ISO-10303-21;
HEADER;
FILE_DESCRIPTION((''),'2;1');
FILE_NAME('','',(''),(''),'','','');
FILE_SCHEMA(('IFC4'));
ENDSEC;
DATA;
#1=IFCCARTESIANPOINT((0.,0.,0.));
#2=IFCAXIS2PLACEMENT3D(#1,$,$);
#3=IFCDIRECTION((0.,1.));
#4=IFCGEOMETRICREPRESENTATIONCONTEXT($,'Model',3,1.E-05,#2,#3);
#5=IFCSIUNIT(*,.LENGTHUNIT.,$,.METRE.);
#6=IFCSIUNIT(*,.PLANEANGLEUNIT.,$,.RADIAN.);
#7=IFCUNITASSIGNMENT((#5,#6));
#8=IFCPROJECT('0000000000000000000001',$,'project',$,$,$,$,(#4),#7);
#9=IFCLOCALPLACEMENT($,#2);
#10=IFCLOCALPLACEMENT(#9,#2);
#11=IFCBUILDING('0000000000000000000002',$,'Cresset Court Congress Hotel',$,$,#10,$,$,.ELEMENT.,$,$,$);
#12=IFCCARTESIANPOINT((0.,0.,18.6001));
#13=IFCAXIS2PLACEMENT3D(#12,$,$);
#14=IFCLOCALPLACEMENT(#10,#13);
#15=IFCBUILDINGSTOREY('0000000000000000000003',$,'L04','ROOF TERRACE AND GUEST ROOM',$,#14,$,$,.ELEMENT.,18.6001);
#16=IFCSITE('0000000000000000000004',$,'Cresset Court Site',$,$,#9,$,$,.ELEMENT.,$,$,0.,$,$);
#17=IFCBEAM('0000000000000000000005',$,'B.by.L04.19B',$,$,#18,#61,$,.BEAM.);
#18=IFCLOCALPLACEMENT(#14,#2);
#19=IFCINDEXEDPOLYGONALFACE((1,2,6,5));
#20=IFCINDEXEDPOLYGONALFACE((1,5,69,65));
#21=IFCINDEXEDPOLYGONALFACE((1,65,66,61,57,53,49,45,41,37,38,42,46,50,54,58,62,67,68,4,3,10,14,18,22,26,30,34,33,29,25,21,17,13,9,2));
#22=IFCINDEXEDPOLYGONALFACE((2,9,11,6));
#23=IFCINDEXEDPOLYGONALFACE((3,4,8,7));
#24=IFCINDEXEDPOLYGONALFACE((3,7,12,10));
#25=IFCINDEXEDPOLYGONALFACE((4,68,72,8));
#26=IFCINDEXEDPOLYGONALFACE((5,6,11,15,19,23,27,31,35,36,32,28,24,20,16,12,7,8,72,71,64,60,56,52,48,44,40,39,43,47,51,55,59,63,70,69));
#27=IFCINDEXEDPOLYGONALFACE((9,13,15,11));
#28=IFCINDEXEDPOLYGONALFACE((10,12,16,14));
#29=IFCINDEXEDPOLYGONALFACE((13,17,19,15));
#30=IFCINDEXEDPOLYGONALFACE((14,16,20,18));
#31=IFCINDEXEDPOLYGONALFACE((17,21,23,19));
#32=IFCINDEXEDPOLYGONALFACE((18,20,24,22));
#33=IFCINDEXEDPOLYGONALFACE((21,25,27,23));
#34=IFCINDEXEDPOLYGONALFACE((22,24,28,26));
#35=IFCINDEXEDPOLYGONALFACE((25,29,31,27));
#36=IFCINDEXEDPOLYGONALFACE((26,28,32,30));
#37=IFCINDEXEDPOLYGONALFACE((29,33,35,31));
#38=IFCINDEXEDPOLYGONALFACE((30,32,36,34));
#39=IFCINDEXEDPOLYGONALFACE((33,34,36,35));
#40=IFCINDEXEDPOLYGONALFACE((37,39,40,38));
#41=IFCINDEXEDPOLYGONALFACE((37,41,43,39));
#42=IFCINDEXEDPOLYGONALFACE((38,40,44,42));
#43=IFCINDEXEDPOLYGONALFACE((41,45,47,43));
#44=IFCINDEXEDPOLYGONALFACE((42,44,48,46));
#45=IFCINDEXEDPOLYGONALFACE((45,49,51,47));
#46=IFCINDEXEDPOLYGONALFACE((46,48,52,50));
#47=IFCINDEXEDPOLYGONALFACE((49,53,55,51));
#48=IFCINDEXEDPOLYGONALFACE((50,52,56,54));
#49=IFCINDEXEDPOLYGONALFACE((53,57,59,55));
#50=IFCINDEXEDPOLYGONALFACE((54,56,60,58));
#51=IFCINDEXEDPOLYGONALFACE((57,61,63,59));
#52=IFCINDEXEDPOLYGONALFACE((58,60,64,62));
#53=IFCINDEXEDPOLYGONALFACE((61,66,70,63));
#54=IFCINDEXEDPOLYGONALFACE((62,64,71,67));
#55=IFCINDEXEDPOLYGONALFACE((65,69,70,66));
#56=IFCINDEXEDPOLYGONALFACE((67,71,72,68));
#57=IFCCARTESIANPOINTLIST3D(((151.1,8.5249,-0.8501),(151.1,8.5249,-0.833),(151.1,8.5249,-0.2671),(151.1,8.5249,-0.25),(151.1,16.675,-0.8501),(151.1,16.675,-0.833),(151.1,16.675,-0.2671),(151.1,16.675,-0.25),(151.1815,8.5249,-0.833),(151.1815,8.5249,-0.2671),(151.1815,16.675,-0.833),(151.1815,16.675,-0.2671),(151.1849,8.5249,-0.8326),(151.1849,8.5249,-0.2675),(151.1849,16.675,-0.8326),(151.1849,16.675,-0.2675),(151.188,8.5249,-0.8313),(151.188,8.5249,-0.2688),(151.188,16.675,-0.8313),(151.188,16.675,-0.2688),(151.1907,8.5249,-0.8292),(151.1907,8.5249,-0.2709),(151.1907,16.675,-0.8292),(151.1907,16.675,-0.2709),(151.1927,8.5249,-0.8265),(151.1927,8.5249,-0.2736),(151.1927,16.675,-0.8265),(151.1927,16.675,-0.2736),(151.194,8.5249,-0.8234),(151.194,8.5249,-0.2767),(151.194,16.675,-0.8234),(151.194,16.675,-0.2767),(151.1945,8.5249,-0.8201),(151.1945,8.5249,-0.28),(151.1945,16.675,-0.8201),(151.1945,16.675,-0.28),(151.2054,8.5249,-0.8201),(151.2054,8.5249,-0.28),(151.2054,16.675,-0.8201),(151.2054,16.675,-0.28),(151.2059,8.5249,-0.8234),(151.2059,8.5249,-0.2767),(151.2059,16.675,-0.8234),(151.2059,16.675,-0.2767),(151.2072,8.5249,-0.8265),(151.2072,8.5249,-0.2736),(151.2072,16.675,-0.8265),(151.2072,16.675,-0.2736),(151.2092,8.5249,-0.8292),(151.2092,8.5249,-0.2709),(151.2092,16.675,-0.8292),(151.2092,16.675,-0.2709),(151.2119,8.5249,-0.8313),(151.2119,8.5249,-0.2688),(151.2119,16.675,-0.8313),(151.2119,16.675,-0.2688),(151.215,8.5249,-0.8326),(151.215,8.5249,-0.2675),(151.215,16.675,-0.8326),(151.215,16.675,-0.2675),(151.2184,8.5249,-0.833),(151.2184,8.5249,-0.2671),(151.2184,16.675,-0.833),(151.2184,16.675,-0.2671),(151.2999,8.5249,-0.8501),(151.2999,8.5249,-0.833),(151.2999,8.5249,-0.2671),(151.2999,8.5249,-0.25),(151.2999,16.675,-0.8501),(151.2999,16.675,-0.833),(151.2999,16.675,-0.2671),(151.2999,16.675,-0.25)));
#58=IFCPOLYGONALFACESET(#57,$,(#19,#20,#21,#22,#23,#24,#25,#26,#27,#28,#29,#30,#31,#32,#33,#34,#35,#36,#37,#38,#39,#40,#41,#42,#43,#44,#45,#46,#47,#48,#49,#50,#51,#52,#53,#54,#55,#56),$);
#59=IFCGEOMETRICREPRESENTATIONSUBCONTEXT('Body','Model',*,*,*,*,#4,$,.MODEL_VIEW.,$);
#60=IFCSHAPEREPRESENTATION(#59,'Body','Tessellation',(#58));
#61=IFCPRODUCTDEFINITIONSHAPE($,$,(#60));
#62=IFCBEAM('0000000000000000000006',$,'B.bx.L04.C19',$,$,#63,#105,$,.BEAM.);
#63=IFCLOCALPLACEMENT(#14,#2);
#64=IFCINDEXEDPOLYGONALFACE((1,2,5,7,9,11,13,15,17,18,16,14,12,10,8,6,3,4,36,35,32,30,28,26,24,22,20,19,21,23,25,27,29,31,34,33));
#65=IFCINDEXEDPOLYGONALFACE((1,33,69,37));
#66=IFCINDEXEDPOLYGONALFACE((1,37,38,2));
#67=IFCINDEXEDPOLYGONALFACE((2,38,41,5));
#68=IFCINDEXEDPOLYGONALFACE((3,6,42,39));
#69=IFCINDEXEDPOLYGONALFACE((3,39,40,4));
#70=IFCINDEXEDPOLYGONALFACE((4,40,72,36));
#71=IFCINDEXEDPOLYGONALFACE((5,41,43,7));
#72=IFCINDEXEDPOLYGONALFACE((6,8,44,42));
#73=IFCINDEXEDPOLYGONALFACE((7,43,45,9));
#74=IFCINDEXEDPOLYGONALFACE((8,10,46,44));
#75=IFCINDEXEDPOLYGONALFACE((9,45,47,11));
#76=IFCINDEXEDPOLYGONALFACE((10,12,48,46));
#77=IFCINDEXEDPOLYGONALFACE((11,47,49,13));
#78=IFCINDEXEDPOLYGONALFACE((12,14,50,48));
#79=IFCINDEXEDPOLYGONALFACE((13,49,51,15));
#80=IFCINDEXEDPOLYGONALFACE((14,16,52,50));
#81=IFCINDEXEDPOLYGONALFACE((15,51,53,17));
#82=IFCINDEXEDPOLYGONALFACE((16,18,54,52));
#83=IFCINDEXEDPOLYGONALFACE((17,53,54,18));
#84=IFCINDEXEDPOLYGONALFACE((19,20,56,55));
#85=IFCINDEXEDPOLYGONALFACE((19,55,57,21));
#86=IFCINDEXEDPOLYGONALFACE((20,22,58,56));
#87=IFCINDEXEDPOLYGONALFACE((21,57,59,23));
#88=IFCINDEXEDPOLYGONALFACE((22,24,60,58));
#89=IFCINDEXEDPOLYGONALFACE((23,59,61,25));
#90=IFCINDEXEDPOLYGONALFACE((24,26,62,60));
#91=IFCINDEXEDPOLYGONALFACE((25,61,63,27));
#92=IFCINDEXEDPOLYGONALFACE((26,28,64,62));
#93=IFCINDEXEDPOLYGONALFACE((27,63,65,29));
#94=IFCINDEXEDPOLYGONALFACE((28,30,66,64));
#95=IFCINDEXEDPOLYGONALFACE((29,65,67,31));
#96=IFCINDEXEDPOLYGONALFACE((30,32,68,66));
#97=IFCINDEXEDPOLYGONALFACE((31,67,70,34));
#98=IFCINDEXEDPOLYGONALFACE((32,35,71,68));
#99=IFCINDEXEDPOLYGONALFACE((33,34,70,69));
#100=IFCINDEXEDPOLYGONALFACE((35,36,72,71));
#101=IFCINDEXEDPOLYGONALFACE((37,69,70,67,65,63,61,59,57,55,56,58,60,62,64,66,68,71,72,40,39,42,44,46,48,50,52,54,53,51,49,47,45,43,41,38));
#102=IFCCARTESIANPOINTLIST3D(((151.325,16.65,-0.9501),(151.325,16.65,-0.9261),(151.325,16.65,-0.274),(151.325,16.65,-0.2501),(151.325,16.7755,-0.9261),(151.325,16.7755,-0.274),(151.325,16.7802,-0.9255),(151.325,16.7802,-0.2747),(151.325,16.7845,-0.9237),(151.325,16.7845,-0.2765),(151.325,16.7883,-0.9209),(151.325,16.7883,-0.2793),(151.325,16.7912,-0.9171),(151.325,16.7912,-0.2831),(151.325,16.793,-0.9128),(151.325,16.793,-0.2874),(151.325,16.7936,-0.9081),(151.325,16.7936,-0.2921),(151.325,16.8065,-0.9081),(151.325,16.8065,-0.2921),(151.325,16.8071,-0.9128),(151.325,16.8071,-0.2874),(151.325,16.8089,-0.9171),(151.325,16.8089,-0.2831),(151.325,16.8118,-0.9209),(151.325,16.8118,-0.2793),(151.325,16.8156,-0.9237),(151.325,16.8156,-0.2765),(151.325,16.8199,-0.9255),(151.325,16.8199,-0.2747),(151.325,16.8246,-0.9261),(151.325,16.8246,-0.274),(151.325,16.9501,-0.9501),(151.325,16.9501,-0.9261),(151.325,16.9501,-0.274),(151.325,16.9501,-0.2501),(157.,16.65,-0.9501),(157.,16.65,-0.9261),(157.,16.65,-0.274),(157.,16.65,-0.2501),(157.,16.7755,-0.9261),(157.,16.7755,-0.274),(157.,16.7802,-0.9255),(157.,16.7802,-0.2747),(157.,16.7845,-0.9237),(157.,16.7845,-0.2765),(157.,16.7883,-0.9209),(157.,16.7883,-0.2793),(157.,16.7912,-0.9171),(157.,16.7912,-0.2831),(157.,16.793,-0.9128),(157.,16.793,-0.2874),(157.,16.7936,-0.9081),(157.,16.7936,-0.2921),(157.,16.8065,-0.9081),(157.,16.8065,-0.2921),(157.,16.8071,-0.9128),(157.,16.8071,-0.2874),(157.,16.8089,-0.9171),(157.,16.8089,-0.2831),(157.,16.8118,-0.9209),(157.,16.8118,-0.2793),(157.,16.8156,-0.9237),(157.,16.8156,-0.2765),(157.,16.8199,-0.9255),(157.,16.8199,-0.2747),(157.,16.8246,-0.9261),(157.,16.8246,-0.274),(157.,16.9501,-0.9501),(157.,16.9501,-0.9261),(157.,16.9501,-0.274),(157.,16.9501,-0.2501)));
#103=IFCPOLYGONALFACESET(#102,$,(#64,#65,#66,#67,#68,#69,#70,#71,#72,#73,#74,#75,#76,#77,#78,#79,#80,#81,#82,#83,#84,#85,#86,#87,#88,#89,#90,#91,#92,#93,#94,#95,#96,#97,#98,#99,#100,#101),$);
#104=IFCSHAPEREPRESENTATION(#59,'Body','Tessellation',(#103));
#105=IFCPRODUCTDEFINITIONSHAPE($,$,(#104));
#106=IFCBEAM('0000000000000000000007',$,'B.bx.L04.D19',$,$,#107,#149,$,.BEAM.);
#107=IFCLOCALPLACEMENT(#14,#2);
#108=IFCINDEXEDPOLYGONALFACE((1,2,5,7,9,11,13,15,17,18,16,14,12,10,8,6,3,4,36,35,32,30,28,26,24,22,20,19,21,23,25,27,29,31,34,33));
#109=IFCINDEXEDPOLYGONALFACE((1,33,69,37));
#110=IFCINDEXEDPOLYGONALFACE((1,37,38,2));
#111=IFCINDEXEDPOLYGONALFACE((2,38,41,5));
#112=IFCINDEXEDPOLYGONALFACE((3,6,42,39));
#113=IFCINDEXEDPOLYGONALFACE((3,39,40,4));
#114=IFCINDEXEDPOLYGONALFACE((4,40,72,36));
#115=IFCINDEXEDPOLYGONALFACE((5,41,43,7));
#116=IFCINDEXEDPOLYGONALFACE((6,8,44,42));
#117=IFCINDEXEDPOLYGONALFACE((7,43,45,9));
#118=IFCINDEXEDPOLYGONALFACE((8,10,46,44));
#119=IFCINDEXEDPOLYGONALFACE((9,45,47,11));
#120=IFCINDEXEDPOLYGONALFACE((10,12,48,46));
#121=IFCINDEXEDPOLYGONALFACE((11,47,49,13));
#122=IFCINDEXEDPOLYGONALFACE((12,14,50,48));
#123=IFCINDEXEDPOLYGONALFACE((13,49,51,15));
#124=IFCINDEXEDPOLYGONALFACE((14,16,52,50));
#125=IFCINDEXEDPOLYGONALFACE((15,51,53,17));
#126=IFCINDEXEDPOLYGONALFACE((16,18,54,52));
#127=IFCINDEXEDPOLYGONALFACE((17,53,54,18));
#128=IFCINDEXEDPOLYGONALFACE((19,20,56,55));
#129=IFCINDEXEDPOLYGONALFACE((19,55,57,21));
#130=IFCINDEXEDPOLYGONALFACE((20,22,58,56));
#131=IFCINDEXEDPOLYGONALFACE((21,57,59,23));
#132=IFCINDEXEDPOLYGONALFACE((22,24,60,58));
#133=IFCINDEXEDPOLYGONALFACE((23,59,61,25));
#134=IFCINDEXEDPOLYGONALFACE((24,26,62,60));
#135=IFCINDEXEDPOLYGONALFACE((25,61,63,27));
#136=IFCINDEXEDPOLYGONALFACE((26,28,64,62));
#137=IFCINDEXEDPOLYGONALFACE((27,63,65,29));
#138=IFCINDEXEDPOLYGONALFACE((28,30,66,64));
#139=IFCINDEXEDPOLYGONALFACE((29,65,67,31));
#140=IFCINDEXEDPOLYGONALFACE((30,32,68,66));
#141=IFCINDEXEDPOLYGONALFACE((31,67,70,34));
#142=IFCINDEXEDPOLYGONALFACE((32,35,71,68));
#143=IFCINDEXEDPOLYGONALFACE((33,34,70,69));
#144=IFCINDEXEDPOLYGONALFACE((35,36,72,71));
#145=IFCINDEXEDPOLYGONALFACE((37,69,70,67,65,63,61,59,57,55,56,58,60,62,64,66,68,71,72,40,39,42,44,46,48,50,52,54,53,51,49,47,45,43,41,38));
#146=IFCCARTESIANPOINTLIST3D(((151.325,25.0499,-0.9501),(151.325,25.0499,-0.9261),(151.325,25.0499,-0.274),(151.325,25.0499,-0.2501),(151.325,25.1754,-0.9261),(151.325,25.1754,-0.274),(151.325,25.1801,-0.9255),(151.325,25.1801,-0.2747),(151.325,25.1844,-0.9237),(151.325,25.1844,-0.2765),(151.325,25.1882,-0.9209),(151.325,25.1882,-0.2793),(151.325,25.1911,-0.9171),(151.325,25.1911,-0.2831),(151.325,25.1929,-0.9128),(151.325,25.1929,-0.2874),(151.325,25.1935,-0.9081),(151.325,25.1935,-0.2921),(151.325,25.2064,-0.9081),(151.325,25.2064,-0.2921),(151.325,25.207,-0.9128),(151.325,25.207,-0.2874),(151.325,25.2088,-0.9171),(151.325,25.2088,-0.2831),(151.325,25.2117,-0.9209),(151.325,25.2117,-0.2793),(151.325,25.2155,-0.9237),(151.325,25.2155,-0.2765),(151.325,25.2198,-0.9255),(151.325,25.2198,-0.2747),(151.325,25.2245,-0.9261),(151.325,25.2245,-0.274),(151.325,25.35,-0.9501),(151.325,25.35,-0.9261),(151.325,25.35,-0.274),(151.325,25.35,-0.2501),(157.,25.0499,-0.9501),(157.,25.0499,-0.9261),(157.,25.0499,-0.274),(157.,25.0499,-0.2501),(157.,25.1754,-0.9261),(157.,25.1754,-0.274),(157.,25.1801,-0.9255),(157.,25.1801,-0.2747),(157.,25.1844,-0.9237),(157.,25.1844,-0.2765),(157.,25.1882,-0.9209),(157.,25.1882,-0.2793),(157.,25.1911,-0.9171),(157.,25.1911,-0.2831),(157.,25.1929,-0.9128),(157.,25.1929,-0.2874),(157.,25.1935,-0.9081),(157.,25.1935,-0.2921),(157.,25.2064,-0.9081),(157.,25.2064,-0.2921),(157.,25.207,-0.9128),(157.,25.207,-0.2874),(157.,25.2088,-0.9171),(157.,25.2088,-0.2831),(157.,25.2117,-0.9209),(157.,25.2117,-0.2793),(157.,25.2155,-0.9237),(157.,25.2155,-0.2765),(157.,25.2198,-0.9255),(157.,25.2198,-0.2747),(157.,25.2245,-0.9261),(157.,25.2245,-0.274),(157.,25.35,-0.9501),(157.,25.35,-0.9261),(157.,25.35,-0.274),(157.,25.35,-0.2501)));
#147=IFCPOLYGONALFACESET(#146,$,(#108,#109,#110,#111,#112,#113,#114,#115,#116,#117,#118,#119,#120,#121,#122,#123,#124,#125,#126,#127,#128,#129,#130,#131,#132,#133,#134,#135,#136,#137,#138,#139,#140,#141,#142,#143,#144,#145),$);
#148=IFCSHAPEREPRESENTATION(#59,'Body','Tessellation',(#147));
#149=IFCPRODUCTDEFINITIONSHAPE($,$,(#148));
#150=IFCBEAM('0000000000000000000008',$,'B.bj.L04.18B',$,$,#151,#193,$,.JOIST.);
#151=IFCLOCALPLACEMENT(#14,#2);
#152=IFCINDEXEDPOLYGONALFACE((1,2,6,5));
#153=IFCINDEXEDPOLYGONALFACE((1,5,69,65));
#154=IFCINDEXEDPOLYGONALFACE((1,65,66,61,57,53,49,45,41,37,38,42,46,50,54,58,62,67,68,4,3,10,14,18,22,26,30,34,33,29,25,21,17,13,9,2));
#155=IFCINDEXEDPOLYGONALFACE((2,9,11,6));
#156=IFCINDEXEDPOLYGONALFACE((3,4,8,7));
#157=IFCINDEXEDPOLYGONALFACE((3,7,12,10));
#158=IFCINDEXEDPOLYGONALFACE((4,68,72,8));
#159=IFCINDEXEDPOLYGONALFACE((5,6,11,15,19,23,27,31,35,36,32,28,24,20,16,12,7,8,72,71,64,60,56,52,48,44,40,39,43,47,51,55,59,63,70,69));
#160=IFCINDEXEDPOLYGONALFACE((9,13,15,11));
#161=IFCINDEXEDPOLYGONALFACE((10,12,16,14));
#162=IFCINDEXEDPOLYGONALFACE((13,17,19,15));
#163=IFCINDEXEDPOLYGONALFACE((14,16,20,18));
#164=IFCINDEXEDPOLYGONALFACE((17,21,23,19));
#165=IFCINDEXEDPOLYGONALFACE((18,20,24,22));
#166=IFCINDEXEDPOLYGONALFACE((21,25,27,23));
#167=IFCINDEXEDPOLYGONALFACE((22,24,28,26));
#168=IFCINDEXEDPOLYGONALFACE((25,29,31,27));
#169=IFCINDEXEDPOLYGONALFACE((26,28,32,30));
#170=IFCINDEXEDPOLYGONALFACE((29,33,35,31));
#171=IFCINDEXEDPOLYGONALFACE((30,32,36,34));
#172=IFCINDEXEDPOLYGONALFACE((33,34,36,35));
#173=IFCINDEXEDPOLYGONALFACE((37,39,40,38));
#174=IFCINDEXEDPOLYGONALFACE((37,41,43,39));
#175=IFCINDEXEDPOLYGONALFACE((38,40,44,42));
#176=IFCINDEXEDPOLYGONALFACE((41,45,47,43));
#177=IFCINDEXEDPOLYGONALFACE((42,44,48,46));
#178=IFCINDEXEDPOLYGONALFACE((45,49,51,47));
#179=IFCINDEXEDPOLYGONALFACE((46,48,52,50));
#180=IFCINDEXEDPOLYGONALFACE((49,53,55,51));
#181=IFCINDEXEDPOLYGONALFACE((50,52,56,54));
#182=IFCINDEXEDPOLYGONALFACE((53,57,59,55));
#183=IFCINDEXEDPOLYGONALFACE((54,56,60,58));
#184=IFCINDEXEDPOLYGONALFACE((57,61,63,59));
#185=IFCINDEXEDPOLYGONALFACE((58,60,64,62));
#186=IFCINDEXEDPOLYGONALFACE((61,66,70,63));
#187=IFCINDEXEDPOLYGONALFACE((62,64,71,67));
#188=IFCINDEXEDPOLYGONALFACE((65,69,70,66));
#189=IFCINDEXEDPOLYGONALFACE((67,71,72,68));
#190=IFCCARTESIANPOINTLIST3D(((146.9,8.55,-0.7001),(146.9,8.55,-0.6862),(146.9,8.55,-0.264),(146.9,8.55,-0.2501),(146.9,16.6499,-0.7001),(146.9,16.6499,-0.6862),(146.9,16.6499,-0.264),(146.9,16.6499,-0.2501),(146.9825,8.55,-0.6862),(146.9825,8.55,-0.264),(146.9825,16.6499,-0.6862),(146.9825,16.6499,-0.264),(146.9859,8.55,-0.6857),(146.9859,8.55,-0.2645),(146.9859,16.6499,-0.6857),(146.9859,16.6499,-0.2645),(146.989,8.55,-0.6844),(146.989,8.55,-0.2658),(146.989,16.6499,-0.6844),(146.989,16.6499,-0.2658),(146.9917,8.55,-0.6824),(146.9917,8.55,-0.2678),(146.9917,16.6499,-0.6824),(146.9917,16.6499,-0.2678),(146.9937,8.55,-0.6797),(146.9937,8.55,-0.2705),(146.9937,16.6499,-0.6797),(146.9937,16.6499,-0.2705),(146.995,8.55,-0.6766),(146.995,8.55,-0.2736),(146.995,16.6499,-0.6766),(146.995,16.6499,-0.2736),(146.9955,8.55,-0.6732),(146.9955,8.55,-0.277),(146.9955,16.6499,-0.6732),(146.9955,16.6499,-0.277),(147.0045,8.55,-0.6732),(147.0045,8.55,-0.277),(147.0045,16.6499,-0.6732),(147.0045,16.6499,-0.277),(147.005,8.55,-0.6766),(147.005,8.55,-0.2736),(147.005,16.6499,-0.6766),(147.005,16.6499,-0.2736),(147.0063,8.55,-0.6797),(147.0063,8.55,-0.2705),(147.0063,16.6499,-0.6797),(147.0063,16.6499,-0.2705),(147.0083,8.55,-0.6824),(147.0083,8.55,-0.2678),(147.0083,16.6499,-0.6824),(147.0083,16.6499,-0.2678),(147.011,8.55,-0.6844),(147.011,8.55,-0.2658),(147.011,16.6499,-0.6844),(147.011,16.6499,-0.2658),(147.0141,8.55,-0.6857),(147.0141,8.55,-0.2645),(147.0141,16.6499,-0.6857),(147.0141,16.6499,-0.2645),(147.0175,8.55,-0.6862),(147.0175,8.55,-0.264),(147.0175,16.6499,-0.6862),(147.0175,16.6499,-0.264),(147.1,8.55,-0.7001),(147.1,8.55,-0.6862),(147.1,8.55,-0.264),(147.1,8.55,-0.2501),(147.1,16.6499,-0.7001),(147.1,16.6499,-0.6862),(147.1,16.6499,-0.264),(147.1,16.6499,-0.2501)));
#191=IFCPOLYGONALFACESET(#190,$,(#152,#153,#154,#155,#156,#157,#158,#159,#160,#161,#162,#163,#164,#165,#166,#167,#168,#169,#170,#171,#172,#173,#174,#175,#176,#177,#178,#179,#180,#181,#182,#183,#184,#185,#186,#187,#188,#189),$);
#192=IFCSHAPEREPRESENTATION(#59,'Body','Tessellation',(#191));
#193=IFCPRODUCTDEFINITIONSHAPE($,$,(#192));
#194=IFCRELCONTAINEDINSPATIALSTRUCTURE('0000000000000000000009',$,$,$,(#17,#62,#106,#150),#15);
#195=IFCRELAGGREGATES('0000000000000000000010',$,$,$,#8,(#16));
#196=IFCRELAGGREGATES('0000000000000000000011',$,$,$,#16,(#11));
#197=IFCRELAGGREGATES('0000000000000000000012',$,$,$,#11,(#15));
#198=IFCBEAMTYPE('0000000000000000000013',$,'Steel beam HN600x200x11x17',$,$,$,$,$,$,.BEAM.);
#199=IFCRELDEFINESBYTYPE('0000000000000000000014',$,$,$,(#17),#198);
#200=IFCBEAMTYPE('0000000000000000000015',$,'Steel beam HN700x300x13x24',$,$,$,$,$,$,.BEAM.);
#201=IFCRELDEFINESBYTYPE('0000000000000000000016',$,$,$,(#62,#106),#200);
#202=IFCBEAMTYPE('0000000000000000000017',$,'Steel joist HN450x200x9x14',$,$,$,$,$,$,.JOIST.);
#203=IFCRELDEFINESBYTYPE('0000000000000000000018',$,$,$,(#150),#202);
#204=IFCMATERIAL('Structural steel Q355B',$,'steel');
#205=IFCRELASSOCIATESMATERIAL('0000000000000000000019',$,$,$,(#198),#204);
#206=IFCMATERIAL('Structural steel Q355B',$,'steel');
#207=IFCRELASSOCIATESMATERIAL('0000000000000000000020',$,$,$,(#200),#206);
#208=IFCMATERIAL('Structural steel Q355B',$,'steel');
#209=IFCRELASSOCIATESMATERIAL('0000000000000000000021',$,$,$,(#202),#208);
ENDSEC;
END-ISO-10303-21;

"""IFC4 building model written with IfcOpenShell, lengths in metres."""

from ifc_helpers import new_model, si_unit, direction, frame, origin, origin_2d, place, context, subcontext, project, spatial, i_section, extrude, material, material_profile, profile_set, type_object, element, save


model = new_model("IFC4")

# Units and contexts
model_context = context("Model", 3, precision=1e-05, world=origin(), true_north=direction((0.0, 1.0)))
body_context = subcontext(model_context, "Body", "Model", "MODEL_VIEW")
ifc_project = project(units=[si_unit("LENGTHUNIT", "METRE"), si_unit("PLANEANGLEUNIT", "RADIAN")], contexts=[model_context])

# Site, building, storey
site_placement = place(None, origin())
site = spatial("IfcSite", under=ifc_project, at=site_placement, Name="Cresset Court Site", CompositionType="ELEMENT", RefElevation=0.0)
building_placement = place(site_placement, origin())
building = spatial("IfcBuilding", under=site, at=building_placement, Name="Cresset Court Congress Hotel", CompositionType="ELEMENT")
storey_placement = place(building_placement, frame((0.0, 0.0, 18.6001)))
storey = spatial("IfcBuildingStorey", under=building, at=storey_placement, Name="L04", Description="ROOF TERRACE AND GUEST ROOM", CompositionType="ELEMENT", Elevation=18.6001)

# Beams
ifc_material_1 = material(Name="Structural steel Q355B", Category="steel")
ifc_material_profile_1 = material_profile(ifc_material_1, i_section(OverallWidth=0.2, OverallDepth=0.6001, WebThickness=0.011, FlangeThickness=0.0171, FilletRadius=0.0129, at=origin_2d()), Name="HN600x200x11x17")
ifc_profile_set_1 = profile_set([ifc_material_profile_1], Name="Structural steel Q355B")
beam_type_1 = type_object("IfcBeamType", Name="Steel beam HN600x200x11x17", PredefinedType="BEAM", material=ifc_profile_set_1)
beam_1_placement = place(storey_placement, frame((151.2, 8.5249, -0.55), z_axis=(0.0, 1.0, 0.0), x_axis=(-1.0, 0.0, 0.0)))
element("IfcBeam", 1, at=beam_1_placement, inside=storey, type_object=beam_type_1, Name="B.by.L04.19B", PredefinedType="BEAM", context=body_context, shape_type="SweptSolid", body=[
    extrude(i_section(OverallWidth=0.2, OverallDepth=0.6001, WebThickness=0.011, FlangeThickness=0.0171, FilletRadius=0.0129, at=origin_2d()), origin(), (0.0, 0.0, 1.0), 8.1501),
])
ifc_material_2 = material(Name="Structural steel Q355B", Category="steel")
ifc_material_profile_2 = material_profile(ifc_material_2, i_section(OverallWidth=0.3, OverallDepth=0.7, WebThickness=0.0129, FlangeThickness=0.0239, FilletRadius=0.0181, at=origin_2d()), Name="HN700x300x13x24")
ifc_profile_set_2 = profile_set([ifc_material_profile_2], Name="Structural steel Q355B")
beam_type_2 = type_object("IfcBeamType", Name="Steel beam HN700x300x13x24", PredefinedType="BEAM", material=ifc_profile_set_2)
for number, where, z_axis, x_axis, name in (
    (2, (151.325, 16.8, -0.6001), (1.0, 0.0, 0.0), (0.0, 1.0, 0.0), "B.bx.L04.C19"),
    (3, (151.325, 25.2, -0.6001), (1.0, 0.0, 0.0), (0.0, 1.0, 0.0), "B.bx.L04.D19"),
):
    element("IfcBeam", number, at=place(storey_placement, frame(where, z_axis=z_axis, x_axis=x_axis)), inside=storey, type_object=beam_type_2, Name=name, PredefinedType="BEAM", context=body_context, shape_type="SweptSolid", body=[
        extrude(i_section(OverallWidth=0.3, OverallDepth=0.7, WebThickness=0.0129, FlangeThickness=0.0239, FilletRadius=0.0181, at=origin_2d()), origin(), (0.0, 0.0, 1.0), 5.675),
    ])
ifc_material_3 = material(Name="Structural steel Q355B", Category="steel")
ifc_material_profile_3 = material_profile(ifc_material_3, i_section(OverallWidth=0.2, OverallDepth=0.45, WebThickness=0.009, FlangeThickness=0.0139, FilletRadius=0.0129, at=origin_2d()), Name="HN450x200x9x14")
ifc_profile_set_3 = profile_set([ifc_material_profile_3], Name="Structural steel Q355B")
beam_type_3 = type_object("IfcBeamType", Name="Steel joist HN450x200x9x14", PredefinedType="JOIST", material=ifc_profile_set_3)
for number, where, z_axis, x_axis, name in (
    (4, (147.0, 8.55, -0.4751), (0.0, 1.0, 0.0), (-1.0, 0.0, 0.0), "B.bj.L04.18B"),
):
    element("IfcBeam", number, at=place(storey_placement, frame(where, z_axis=z_axis, x_axis=x_axis)), inside=storey, type_object=beam_type_3, Name=name, PredefinedType="JOIST", context=body_context, shape_type="SweptSolid", body=[
        extrude(i_section(OverallWidth=0.2, OverallDepth=0.45, WebThickness=0.009, FlangeThickness=0.0139, FilletRadius=0.0129, at=origin_2d()), origin(), (0.0, 0.0, 1.0), 8.0999),
    ])

save(model, "model.ifc")
